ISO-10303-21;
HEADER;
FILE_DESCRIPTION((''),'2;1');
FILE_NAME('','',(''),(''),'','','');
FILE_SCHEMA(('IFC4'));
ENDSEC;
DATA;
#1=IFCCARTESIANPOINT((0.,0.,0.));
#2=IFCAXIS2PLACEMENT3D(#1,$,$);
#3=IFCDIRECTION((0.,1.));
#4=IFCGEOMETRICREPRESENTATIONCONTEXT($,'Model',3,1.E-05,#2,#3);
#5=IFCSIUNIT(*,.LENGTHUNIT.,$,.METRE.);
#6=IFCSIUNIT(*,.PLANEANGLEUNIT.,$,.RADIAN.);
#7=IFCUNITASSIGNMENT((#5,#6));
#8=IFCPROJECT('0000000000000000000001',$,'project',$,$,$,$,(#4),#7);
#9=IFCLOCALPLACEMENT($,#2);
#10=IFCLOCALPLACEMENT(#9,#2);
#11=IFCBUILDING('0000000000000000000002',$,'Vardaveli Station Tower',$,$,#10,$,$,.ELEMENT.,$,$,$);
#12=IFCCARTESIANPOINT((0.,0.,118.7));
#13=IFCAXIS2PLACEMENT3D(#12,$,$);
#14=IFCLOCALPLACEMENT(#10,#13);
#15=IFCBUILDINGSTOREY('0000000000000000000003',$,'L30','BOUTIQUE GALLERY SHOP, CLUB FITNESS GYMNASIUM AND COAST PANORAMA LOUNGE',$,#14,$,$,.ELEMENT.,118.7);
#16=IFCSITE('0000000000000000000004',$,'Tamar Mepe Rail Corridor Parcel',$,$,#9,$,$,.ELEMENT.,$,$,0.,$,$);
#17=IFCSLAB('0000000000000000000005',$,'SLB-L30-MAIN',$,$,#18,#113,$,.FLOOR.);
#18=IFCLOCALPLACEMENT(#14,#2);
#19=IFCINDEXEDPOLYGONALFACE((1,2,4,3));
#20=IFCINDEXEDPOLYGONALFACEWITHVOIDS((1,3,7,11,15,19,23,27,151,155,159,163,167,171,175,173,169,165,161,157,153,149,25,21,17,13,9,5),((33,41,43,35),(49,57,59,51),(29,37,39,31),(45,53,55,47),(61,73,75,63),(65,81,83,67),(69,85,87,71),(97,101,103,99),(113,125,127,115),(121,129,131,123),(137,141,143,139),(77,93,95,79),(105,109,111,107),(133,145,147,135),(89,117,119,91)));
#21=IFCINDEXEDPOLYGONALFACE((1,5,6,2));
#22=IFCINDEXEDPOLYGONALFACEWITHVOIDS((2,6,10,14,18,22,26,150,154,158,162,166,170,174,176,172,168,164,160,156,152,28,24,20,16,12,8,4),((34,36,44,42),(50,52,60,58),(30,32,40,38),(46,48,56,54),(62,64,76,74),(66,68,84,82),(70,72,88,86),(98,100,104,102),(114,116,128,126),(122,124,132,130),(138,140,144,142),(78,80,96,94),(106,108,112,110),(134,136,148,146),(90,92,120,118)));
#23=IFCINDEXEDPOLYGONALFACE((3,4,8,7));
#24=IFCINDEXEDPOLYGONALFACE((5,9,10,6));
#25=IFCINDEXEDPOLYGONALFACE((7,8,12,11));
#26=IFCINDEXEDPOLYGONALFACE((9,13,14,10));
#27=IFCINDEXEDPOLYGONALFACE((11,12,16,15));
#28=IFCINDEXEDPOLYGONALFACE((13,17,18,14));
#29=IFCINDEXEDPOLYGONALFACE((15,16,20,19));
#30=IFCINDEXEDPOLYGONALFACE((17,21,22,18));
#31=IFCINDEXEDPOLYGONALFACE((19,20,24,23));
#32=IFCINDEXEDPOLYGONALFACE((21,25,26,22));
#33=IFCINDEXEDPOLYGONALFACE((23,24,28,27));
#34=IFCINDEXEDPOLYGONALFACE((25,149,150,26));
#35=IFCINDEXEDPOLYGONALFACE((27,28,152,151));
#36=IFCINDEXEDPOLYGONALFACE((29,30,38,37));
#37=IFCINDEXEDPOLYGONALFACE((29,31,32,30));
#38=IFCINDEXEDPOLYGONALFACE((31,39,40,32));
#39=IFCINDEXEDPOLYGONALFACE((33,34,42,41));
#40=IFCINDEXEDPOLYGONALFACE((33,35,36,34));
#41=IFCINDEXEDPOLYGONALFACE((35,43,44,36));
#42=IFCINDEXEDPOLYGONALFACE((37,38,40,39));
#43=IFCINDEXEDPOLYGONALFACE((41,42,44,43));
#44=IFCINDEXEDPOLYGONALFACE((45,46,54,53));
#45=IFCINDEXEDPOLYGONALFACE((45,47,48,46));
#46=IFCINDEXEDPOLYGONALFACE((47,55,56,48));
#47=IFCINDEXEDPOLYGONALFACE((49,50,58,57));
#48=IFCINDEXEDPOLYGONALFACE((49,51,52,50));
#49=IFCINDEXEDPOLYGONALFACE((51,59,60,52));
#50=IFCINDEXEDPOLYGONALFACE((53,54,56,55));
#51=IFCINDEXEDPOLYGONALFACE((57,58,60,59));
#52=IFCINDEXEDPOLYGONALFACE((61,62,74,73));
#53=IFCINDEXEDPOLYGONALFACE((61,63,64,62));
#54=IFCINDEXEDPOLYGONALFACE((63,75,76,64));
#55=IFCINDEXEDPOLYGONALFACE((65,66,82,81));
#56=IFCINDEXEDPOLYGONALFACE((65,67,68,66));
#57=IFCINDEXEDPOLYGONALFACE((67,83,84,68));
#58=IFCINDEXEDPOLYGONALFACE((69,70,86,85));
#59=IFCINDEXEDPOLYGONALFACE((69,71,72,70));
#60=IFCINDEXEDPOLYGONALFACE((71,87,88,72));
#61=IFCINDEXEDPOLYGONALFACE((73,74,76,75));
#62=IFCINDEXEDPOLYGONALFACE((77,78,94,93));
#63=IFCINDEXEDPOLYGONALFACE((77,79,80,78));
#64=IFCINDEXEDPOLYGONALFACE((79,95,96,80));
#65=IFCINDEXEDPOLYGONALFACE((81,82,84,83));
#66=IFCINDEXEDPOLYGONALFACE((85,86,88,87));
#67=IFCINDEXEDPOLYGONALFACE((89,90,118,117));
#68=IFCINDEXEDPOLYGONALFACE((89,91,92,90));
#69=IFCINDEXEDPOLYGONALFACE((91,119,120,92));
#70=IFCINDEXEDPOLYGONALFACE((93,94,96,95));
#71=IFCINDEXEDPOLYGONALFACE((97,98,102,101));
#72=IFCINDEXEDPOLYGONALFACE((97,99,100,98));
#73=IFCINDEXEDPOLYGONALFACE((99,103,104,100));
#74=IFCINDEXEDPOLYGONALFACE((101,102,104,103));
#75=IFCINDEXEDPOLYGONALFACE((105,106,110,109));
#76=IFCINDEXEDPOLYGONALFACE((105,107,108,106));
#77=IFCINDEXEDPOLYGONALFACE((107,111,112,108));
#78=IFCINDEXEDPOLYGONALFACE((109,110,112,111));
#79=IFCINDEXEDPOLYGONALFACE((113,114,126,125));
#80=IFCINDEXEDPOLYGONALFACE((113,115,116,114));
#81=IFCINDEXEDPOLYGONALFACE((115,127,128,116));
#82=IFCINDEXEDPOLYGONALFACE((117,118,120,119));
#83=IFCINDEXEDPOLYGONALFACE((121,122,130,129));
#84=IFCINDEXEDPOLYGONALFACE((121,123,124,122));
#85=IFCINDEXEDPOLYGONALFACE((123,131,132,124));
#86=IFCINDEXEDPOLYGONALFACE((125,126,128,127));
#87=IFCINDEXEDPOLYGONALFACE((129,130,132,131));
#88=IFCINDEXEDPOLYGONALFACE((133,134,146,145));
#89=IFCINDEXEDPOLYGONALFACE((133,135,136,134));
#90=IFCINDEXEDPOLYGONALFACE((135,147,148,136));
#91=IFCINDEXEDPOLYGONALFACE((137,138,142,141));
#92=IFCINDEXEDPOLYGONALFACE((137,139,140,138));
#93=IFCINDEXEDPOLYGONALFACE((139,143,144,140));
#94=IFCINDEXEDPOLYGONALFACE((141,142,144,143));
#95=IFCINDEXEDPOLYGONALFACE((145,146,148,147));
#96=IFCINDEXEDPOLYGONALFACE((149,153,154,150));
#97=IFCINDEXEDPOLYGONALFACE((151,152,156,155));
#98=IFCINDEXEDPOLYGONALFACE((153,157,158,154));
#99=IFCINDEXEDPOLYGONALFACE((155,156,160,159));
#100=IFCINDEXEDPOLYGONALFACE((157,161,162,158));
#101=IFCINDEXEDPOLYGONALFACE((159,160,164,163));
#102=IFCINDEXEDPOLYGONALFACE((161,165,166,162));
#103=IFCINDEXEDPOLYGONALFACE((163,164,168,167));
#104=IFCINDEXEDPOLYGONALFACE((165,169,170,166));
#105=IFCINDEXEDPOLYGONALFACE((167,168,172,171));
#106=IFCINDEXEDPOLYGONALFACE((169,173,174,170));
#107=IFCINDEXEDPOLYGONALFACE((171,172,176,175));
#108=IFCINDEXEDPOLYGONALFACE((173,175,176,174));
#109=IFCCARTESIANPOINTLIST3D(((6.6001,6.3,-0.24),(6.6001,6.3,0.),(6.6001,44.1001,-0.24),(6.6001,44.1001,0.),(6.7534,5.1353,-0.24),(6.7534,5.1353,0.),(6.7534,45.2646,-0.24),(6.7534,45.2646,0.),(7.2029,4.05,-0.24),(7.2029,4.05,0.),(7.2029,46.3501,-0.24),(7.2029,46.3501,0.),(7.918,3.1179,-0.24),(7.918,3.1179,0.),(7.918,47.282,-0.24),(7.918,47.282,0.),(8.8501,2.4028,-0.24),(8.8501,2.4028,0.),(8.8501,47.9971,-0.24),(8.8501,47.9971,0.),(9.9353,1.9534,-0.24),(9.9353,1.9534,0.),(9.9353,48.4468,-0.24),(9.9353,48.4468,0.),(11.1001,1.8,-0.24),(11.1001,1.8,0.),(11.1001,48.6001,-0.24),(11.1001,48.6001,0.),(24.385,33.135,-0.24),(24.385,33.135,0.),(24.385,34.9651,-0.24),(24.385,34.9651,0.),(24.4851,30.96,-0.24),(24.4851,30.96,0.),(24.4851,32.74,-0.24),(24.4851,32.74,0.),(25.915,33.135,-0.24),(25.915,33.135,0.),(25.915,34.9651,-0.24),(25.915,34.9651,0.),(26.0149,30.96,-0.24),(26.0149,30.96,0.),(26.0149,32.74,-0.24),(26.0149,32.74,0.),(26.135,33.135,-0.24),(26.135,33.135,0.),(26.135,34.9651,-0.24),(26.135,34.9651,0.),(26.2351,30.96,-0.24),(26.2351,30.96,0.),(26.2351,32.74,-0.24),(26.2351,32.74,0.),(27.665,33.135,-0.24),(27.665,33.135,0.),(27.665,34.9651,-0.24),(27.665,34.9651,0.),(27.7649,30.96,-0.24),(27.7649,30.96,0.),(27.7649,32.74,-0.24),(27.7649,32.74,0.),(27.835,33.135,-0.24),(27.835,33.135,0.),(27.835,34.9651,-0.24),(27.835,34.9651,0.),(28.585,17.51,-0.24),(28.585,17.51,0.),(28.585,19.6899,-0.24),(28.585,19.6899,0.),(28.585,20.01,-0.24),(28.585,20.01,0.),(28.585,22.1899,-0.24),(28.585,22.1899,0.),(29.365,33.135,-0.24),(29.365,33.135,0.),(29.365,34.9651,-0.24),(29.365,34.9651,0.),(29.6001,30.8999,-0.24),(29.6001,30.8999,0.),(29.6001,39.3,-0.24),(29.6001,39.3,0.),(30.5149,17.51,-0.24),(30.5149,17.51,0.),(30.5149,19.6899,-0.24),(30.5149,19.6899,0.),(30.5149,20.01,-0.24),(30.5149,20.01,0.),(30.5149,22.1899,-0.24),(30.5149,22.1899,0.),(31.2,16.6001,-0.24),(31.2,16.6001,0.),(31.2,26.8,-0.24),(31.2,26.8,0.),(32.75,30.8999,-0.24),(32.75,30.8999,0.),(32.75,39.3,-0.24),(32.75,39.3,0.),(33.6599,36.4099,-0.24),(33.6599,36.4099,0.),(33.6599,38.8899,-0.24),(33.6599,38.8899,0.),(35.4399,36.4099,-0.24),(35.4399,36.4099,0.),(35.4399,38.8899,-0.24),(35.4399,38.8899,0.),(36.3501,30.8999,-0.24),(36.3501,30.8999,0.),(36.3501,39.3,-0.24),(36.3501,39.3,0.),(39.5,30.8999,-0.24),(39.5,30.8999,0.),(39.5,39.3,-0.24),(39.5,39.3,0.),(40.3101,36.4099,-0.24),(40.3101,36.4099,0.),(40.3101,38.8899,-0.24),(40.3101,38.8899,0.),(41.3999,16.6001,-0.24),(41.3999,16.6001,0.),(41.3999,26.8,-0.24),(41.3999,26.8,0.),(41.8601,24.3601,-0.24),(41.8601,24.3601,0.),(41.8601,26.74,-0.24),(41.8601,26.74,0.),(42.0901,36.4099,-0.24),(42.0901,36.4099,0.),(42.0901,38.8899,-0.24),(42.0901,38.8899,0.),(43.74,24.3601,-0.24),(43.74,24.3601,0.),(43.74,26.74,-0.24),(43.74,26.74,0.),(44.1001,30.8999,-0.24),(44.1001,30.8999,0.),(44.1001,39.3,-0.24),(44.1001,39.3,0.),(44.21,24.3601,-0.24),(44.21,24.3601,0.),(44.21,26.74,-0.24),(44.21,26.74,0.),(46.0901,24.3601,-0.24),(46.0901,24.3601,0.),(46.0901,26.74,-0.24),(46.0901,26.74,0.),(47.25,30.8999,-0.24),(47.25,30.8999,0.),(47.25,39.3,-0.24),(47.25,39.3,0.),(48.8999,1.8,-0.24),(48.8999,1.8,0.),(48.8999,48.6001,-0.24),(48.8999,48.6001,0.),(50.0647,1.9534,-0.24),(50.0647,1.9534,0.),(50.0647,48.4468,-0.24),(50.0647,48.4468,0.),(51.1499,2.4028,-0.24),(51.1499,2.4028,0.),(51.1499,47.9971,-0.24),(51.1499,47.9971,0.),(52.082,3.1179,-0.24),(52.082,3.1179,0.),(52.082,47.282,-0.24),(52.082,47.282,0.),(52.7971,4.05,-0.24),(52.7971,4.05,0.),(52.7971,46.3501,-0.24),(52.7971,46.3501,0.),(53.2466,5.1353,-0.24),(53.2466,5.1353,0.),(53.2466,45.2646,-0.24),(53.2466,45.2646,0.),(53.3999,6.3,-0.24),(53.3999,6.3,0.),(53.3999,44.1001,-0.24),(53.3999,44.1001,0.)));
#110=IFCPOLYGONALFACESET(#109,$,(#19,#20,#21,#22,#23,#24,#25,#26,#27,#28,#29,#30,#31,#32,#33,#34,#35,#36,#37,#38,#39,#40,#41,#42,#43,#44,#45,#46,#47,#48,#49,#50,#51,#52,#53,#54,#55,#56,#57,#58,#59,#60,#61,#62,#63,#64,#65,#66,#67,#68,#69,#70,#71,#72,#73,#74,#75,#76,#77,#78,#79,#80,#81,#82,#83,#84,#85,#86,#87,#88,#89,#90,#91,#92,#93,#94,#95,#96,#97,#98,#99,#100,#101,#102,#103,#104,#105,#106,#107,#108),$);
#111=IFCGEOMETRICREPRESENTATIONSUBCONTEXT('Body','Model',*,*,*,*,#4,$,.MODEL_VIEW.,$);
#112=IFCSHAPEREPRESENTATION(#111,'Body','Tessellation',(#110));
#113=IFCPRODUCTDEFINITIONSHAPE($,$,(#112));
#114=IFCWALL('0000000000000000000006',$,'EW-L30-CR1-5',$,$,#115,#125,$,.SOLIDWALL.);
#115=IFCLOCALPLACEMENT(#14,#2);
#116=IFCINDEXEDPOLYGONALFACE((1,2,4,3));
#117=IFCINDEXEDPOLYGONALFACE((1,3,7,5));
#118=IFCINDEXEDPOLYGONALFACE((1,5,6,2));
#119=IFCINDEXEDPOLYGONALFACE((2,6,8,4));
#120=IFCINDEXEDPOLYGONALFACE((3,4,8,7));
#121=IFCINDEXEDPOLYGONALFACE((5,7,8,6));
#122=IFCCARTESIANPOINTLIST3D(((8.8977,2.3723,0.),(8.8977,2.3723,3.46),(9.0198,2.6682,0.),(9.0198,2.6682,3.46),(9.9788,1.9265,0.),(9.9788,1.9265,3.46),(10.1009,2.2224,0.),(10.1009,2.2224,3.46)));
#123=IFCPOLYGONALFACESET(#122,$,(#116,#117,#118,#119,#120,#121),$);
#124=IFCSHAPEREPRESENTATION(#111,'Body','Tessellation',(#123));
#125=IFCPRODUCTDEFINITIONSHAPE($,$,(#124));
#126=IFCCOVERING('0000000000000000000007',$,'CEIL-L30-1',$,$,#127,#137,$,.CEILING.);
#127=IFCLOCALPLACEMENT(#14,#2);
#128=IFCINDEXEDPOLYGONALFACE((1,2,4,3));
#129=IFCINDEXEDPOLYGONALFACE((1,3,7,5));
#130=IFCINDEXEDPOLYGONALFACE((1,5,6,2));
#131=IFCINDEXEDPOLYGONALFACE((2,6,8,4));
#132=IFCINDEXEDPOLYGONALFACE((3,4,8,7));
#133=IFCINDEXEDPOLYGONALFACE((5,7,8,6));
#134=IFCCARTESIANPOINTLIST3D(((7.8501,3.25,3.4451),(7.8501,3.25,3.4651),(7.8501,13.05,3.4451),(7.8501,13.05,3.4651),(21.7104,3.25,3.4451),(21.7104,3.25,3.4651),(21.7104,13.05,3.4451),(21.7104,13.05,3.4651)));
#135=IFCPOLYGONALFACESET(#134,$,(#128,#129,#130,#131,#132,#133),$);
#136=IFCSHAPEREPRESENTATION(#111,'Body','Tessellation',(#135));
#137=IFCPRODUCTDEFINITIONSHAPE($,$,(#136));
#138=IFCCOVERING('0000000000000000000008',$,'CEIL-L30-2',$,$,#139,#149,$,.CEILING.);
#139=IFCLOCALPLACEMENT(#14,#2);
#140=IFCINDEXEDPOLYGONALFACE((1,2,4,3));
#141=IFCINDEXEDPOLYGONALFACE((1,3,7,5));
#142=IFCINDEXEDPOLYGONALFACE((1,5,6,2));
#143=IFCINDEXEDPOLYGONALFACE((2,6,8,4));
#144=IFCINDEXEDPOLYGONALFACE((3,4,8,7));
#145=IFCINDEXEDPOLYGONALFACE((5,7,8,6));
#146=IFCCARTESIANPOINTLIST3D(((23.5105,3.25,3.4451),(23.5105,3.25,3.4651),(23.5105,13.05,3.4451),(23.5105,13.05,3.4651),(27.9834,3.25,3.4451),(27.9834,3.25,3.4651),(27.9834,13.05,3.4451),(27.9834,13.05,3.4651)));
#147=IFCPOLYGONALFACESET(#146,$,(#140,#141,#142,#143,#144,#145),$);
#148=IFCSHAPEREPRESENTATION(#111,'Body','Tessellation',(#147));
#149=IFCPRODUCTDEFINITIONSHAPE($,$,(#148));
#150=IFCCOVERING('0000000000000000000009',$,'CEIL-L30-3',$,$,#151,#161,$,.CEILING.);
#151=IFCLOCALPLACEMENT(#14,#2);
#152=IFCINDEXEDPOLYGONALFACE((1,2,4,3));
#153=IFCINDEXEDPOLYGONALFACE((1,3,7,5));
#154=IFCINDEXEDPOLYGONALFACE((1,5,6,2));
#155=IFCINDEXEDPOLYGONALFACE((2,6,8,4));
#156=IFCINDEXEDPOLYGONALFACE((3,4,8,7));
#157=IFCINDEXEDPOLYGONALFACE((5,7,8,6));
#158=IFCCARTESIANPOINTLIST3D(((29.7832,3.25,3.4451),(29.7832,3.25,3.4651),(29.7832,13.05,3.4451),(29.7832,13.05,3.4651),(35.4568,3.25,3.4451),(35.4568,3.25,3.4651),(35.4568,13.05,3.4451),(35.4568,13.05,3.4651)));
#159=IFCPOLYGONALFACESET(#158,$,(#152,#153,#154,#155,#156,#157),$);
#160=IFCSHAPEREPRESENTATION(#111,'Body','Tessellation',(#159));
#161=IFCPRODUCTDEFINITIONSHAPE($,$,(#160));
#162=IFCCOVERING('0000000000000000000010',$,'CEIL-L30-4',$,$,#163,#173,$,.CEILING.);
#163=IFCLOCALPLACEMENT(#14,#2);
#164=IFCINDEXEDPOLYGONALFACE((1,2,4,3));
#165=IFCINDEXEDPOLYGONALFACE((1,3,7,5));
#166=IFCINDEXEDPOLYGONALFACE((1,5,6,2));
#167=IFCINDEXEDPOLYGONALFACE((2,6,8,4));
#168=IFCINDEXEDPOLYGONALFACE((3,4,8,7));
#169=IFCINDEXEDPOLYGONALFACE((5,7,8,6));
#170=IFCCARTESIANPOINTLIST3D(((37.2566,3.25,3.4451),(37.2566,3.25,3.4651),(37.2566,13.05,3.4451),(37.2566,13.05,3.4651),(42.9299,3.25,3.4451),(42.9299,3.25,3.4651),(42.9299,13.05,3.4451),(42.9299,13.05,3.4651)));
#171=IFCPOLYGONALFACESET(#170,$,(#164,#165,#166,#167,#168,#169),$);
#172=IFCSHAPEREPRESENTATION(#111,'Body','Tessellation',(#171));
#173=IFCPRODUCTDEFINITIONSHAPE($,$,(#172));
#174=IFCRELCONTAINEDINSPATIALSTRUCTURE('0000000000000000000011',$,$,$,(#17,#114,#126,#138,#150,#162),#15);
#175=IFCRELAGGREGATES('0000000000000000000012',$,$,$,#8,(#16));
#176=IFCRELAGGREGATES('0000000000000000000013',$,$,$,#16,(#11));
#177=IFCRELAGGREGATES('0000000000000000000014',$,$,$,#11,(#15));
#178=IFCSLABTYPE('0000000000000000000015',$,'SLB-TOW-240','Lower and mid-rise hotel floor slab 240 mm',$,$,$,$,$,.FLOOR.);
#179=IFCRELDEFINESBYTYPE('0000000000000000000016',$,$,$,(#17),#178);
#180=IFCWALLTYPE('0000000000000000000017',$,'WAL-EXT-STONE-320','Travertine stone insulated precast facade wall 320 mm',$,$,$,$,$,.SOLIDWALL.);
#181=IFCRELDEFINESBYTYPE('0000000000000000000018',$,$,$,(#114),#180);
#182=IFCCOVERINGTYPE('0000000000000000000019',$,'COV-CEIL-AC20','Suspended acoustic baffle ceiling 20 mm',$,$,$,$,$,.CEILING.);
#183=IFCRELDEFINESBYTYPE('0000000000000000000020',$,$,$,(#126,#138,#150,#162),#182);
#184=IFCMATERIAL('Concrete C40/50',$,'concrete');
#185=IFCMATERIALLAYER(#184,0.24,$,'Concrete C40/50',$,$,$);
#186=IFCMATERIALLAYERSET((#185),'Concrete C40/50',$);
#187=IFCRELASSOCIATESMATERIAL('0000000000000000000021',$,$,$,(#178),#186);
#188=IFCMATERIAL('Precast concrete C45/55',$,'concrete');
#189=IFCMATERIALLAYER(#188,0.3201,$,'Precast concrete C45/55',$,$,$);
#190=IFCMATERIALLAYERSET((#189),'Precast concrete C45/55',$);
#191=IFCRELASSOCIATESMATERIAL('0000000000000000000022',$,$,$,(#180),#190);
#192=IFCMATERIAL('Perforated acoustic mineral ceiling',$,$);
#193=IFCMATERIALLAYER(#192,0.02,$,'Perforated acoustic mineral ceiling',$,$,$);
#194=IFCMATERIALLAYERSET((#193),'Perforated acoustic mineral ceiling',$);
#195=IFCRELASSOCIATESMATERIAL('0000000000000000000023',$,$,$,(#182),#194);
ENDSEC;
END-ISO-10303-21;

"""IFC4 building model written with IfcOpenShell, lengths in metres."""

from ifc_helpers import new_model, si_unit, direction, frame, frame_2d, origin, place, context, subcontext, project, spatial, polyline, rectangle, outline, extrude, source, transform, mapped, material, layer, layer_set, type_object, element, save


model = new_model("IFC4")

# Units and contexts
model_context = context("Model", 3, precision=1e-05, world=origin(), true_north=direction((0.0, 1.0)))
body_context = subcontext(model_context, "Body", "Model", "MODEL_VIEW")
ifc_project = project(units=[si_unit("LENGTHUNIT", "METRE"), si_unit("PLANEANGLEUNIT", "RADIAN")], contexts=[model_context])

# Site, building, storey
site_placement = place(None, origin())
site = spatial("IfcSite", under=ifc_project, at=site_placement, Name="Tamar Mepe Rail Corridor Parcel", CompositionType="ELEMENT", RefElevation=0.0)
building_placement = place(site_placement, origin())
building = spatial("IfcBuilding", under=site, at=building_placement, Name="Vardaveli Station Tower", CompositionType="ELEMENT")
storey_placement = place(building_placement, frame((0.0, 0.0, 118.7)))
storey = spatial("IfcBuildingStorey", under=building, at=storey_placement, Name="L30", Description="BOUTIQUE GALLERY SHOP, CLUB FITNESS GYMNASIUM AND COAST PANORAMA LOUNGE", CompositionType="ELEMENT", Elevation=118.7)

# Shared definitions
ifc_material_1 = material(Name="Concrete C40/50", Category="concrete")

# Slab
ifc_material_2 = material(Name="Precast concrete C45/55", Category="concrete")
ifc_layer_1 = layer(ifc_material_1, 0.24, Name="Concrete C40/50")
ifc_layer_set_1 = layer_set([ifc_layer_1], Name="Concrete C40/50")
slab_type_1 = type_object("IfcSlabType", Name="SLB-TOW-240", Description="Lower and mid-rise hotel floor slab 240 mm", PredefinedType="FLOOR", material=ifc_layer_set_1)
slab_1_placement = place(storey_placement, frame((0.0, 0.0, -0.24)))
element("IfcSlab", 1, at=slab_1_placement, inside=storey, type_object=slab_type_1, Name="SLB-L30-MAIN", PredefinedType="FLOOR", context=body_context, shape_type="SweptSolid", body=[
    extrude(outline(polyline([(6.6001, 6.3), (6.7534, 5.1353), (7.2029, 4.05), (7.918, 3.1179), (8.8501, 2.4028), (9.9353, 1.9534), (11.1001, 1.8), (48.8999, 1.8), (50.0647, 1.9534), (51.1499, 2.4028), (52.082, 3.1179), (52.7971, 4.05), (53.2466, 5.1353), (53.3999, 6.3), (53.3999, 44.1001), (53.2466, 45.2646), (52.7971, 46.3501), (52.082, 47.282), (51.1499, 47.9971), (50.0647, 48.4468), (48.8999, 48.6001), (11.1001, 48.6001), (9.9353, 48.4468), (8.8501, 47.9971), (7.918, 47.282), (7.2029, 46.3501), (6.7534, 45.2646), (6.6001, 44.1001), (6.6001, 6.3)]), holes=[polyline([(31.2, 16.6001), (41.3999, 16.6001), (41.3999, 26.8), (31.2, 26.8), (31.2, 16.6001)]), polyline([(32.75, 30.8999), (32.75, 39.3), (29.6001, 39.3), (29.6001, 30.8999), (32.75, 30.8999)]), polyline([(39.5, 30.8999), (39.5, 39.3), (36.3501, 39.3), (36.3501, 30.8999), (39.5, 30.8999)]), polyline([(47.25, 30.8999), (47.25, 39.3), (44.1001, 39.3), (44.1001, 30.8999), (47.25, 30.8999)]), polyline([(24.385, 33.135), (25.915, 33.135), (25.915, 34.9651), (24.385, 34.9651), (24.385, 33.135)]), polyline([(26.135, 33.135), (27.665, 33.135), (27.665, 34.9651), (26.135, 34.9651), (26.135, 33.135)]), polyline([(27.835, 33.135), (29.365, 33.135), (29.365, 34.9651), (27.835, 34.9651), (27.835, 33.135)]), polyline([(33.6599, 36.4099), (35.4399, 36.4099), (35.4399, 38.8899), (33.6599, 38.8899), (33.6599, 36.4099)]), polyline([(40.3101, 36.4099), (42.0901, 36.4099), (42.0901, 38.8899), (40.3101, 38.8899), (40.3101, 36.4099)]), polyline([(24.4851, 30.96), (26.0149, 30.96), (26.0149, 32.74), (24.4851, 32.74), (24.4851, 30.96)]), polyline([(26.2351, 30.96), (27.7649, 30.96), (27.7649, 32.74), (26.2351, 32.74), (26.2351, 30.96)]), polyline([(28.585, 17.51), (30.5149, 17.51), (30.5149, 19.6899), (28.585, 19.6899), (28.585, 17.51)]), polyline([(28.585, 20.01), (30.5149, 20.01), (30.5149, 22.1899), (28.585, 22.1899), (28.585, 20.01)]), polyline([(41.8601, 24.3601), (43.74, 24.3601), (43.74, 26.74), (41.8601, 26.74), (41.8601, 24.3601)]), polyline([(44.21, 24.3601), (46.0901, 24.3601), (46.0901, 26.74), (44.21, 26.74), (44.21, 24.3601)])]), origin(), (0.0, 0.0, 1.0), 0.24),
])

# Wall
ifc_layer_2 = layer(ifc_material_2, 0.3201, Name="Precast concrete C45/55")
ifc_layer_set_2 = layer_set([ifc_layer_2], Name="Precast concrete C45/55")
wall_type = type_object("IfcWallType", Name="WAL-EXT-STONE-320", Description="Travertine stone insulated precast facade wall 320 mm", PredefinedType="SOLIDWALL", material=ifc_layer_set_2)
shared_shape = source(origin(), body_context, "Body", "SweptSolid", [
    extrude(rectangle(XDim=1.1694, YDim=0.3201, at=frame_2d((0.5847, 0.0))), origin(), (0.0, 0.0, 1.0), 3.46),
])
wall_placement = place(storey_placement, frame((8.9587, 2.5203, 0.0), z_axis=(0.0, 0.0, 1.0), x_axis=(0.924479, -0.381233, 0.0)))
element("IfcWall", 2, at=wall_placement, inside=storey, type_object=wall_type, Name="EW-L30-CR1-5", PredefinedType="SOLIDWALL", context=body_context, shape_type="MappedRepresentation", body=[
    mapped(shared_shape, transform((0.0, 0.0, 0.0), scale=1.0)),
])

# Coverings
ifc_material_3 = material(Name="Perforated acoustic mineral ceiling")
ifc_layer_3 = layer(ifc_material_3, 0.02, Name="Perforated acoustic mineral ceiling")
ifc_layer_set_3 = layer_set([ifc_layer_3], Name="Perforated acoustic mineral ceiling")
covering_type_1 = type_object("IfcCoveringType", Name="COV-CEIL-AC20", Description="Suspended acoustic baffle ceiling 20 mm", PredefinedType="CEILING", material=ifc_layer_set_3)
covering_1_placement = place(storey_placement, frame((0.0, 0.0, 3.4451)))
element("IfcCovering", 3, at=covering_1_placement, inside=storey, type_object=covering_type_1, Name="CEIL-L30-1", PredefinedType="CEILING", context=body_context, shape_type="SweptSolid", body=[
    extrude(outline(polyline([(7.8501, 3.25), (21.7104, 3.25), (21.7104, 13.05), (7.8501, 13.05), (7.8501, 3.25)])), origin(), (0.0, 0.0, 1.0), 0.02),
])
covering_2_placement = place(storey_placement, frame((0.0, 0.0, 3.4451)))
element("IfcCovering", 4, at=covering_2_placement, inside=storey, type_object=covering_type_1, Name="CEIL-L30-2", PredefinedType="CEILING", context=body_context, shape_type="SweptSolid", body=[
    extrude(outline(polyline([(23.5105, 3.25), (27.9834, 3.25), (27.9834, 13.05), (23.5105, 13.05), (23.5105, 3.25)])), origin(), (0.0, 0.0, 1.0), 0.02),
])
covering_3_placement = place(storey_placement, frame((0.0, 0.0, 3.4451)))
element("IfcCovering", 5, at=covering_3_placement, inside=storey, type_object=covering_type_1, Name="CEIL-L30-3", PredefinedType="CEILING", context=body_context, shape_type="SweptSolid", body=[
    extrude(outline(polyline([(29.7832, 3.25), (35.4568, 3.25), (35.4568, 13.05), (29.7832, 13.05), (29.7832, 3.25)])), origin(), (0.0, 0.0, 1.0), 0.02),
])
covering_4_placement = place(storey_placement, frame((0.0, 0.0, 3.4451)))
element("IfcCovering", 6, at=covering_4_placement, inside=storey, type_object=covering_type_1, Name="CEIL-L30-4", PredefinedType="CEILING", context=body_context, shape_type="SweptSolid", body=[
    extrude(outline(polyline([(37.2566, 3.25), (42.9299, 3.25), (42.9299, 13.05), (37.2566, 13.05), (37.2566, 3.25)])), origin(), (0.0, 0.0, 1.0), 0.02),
])

save(model, "model.ifc")
